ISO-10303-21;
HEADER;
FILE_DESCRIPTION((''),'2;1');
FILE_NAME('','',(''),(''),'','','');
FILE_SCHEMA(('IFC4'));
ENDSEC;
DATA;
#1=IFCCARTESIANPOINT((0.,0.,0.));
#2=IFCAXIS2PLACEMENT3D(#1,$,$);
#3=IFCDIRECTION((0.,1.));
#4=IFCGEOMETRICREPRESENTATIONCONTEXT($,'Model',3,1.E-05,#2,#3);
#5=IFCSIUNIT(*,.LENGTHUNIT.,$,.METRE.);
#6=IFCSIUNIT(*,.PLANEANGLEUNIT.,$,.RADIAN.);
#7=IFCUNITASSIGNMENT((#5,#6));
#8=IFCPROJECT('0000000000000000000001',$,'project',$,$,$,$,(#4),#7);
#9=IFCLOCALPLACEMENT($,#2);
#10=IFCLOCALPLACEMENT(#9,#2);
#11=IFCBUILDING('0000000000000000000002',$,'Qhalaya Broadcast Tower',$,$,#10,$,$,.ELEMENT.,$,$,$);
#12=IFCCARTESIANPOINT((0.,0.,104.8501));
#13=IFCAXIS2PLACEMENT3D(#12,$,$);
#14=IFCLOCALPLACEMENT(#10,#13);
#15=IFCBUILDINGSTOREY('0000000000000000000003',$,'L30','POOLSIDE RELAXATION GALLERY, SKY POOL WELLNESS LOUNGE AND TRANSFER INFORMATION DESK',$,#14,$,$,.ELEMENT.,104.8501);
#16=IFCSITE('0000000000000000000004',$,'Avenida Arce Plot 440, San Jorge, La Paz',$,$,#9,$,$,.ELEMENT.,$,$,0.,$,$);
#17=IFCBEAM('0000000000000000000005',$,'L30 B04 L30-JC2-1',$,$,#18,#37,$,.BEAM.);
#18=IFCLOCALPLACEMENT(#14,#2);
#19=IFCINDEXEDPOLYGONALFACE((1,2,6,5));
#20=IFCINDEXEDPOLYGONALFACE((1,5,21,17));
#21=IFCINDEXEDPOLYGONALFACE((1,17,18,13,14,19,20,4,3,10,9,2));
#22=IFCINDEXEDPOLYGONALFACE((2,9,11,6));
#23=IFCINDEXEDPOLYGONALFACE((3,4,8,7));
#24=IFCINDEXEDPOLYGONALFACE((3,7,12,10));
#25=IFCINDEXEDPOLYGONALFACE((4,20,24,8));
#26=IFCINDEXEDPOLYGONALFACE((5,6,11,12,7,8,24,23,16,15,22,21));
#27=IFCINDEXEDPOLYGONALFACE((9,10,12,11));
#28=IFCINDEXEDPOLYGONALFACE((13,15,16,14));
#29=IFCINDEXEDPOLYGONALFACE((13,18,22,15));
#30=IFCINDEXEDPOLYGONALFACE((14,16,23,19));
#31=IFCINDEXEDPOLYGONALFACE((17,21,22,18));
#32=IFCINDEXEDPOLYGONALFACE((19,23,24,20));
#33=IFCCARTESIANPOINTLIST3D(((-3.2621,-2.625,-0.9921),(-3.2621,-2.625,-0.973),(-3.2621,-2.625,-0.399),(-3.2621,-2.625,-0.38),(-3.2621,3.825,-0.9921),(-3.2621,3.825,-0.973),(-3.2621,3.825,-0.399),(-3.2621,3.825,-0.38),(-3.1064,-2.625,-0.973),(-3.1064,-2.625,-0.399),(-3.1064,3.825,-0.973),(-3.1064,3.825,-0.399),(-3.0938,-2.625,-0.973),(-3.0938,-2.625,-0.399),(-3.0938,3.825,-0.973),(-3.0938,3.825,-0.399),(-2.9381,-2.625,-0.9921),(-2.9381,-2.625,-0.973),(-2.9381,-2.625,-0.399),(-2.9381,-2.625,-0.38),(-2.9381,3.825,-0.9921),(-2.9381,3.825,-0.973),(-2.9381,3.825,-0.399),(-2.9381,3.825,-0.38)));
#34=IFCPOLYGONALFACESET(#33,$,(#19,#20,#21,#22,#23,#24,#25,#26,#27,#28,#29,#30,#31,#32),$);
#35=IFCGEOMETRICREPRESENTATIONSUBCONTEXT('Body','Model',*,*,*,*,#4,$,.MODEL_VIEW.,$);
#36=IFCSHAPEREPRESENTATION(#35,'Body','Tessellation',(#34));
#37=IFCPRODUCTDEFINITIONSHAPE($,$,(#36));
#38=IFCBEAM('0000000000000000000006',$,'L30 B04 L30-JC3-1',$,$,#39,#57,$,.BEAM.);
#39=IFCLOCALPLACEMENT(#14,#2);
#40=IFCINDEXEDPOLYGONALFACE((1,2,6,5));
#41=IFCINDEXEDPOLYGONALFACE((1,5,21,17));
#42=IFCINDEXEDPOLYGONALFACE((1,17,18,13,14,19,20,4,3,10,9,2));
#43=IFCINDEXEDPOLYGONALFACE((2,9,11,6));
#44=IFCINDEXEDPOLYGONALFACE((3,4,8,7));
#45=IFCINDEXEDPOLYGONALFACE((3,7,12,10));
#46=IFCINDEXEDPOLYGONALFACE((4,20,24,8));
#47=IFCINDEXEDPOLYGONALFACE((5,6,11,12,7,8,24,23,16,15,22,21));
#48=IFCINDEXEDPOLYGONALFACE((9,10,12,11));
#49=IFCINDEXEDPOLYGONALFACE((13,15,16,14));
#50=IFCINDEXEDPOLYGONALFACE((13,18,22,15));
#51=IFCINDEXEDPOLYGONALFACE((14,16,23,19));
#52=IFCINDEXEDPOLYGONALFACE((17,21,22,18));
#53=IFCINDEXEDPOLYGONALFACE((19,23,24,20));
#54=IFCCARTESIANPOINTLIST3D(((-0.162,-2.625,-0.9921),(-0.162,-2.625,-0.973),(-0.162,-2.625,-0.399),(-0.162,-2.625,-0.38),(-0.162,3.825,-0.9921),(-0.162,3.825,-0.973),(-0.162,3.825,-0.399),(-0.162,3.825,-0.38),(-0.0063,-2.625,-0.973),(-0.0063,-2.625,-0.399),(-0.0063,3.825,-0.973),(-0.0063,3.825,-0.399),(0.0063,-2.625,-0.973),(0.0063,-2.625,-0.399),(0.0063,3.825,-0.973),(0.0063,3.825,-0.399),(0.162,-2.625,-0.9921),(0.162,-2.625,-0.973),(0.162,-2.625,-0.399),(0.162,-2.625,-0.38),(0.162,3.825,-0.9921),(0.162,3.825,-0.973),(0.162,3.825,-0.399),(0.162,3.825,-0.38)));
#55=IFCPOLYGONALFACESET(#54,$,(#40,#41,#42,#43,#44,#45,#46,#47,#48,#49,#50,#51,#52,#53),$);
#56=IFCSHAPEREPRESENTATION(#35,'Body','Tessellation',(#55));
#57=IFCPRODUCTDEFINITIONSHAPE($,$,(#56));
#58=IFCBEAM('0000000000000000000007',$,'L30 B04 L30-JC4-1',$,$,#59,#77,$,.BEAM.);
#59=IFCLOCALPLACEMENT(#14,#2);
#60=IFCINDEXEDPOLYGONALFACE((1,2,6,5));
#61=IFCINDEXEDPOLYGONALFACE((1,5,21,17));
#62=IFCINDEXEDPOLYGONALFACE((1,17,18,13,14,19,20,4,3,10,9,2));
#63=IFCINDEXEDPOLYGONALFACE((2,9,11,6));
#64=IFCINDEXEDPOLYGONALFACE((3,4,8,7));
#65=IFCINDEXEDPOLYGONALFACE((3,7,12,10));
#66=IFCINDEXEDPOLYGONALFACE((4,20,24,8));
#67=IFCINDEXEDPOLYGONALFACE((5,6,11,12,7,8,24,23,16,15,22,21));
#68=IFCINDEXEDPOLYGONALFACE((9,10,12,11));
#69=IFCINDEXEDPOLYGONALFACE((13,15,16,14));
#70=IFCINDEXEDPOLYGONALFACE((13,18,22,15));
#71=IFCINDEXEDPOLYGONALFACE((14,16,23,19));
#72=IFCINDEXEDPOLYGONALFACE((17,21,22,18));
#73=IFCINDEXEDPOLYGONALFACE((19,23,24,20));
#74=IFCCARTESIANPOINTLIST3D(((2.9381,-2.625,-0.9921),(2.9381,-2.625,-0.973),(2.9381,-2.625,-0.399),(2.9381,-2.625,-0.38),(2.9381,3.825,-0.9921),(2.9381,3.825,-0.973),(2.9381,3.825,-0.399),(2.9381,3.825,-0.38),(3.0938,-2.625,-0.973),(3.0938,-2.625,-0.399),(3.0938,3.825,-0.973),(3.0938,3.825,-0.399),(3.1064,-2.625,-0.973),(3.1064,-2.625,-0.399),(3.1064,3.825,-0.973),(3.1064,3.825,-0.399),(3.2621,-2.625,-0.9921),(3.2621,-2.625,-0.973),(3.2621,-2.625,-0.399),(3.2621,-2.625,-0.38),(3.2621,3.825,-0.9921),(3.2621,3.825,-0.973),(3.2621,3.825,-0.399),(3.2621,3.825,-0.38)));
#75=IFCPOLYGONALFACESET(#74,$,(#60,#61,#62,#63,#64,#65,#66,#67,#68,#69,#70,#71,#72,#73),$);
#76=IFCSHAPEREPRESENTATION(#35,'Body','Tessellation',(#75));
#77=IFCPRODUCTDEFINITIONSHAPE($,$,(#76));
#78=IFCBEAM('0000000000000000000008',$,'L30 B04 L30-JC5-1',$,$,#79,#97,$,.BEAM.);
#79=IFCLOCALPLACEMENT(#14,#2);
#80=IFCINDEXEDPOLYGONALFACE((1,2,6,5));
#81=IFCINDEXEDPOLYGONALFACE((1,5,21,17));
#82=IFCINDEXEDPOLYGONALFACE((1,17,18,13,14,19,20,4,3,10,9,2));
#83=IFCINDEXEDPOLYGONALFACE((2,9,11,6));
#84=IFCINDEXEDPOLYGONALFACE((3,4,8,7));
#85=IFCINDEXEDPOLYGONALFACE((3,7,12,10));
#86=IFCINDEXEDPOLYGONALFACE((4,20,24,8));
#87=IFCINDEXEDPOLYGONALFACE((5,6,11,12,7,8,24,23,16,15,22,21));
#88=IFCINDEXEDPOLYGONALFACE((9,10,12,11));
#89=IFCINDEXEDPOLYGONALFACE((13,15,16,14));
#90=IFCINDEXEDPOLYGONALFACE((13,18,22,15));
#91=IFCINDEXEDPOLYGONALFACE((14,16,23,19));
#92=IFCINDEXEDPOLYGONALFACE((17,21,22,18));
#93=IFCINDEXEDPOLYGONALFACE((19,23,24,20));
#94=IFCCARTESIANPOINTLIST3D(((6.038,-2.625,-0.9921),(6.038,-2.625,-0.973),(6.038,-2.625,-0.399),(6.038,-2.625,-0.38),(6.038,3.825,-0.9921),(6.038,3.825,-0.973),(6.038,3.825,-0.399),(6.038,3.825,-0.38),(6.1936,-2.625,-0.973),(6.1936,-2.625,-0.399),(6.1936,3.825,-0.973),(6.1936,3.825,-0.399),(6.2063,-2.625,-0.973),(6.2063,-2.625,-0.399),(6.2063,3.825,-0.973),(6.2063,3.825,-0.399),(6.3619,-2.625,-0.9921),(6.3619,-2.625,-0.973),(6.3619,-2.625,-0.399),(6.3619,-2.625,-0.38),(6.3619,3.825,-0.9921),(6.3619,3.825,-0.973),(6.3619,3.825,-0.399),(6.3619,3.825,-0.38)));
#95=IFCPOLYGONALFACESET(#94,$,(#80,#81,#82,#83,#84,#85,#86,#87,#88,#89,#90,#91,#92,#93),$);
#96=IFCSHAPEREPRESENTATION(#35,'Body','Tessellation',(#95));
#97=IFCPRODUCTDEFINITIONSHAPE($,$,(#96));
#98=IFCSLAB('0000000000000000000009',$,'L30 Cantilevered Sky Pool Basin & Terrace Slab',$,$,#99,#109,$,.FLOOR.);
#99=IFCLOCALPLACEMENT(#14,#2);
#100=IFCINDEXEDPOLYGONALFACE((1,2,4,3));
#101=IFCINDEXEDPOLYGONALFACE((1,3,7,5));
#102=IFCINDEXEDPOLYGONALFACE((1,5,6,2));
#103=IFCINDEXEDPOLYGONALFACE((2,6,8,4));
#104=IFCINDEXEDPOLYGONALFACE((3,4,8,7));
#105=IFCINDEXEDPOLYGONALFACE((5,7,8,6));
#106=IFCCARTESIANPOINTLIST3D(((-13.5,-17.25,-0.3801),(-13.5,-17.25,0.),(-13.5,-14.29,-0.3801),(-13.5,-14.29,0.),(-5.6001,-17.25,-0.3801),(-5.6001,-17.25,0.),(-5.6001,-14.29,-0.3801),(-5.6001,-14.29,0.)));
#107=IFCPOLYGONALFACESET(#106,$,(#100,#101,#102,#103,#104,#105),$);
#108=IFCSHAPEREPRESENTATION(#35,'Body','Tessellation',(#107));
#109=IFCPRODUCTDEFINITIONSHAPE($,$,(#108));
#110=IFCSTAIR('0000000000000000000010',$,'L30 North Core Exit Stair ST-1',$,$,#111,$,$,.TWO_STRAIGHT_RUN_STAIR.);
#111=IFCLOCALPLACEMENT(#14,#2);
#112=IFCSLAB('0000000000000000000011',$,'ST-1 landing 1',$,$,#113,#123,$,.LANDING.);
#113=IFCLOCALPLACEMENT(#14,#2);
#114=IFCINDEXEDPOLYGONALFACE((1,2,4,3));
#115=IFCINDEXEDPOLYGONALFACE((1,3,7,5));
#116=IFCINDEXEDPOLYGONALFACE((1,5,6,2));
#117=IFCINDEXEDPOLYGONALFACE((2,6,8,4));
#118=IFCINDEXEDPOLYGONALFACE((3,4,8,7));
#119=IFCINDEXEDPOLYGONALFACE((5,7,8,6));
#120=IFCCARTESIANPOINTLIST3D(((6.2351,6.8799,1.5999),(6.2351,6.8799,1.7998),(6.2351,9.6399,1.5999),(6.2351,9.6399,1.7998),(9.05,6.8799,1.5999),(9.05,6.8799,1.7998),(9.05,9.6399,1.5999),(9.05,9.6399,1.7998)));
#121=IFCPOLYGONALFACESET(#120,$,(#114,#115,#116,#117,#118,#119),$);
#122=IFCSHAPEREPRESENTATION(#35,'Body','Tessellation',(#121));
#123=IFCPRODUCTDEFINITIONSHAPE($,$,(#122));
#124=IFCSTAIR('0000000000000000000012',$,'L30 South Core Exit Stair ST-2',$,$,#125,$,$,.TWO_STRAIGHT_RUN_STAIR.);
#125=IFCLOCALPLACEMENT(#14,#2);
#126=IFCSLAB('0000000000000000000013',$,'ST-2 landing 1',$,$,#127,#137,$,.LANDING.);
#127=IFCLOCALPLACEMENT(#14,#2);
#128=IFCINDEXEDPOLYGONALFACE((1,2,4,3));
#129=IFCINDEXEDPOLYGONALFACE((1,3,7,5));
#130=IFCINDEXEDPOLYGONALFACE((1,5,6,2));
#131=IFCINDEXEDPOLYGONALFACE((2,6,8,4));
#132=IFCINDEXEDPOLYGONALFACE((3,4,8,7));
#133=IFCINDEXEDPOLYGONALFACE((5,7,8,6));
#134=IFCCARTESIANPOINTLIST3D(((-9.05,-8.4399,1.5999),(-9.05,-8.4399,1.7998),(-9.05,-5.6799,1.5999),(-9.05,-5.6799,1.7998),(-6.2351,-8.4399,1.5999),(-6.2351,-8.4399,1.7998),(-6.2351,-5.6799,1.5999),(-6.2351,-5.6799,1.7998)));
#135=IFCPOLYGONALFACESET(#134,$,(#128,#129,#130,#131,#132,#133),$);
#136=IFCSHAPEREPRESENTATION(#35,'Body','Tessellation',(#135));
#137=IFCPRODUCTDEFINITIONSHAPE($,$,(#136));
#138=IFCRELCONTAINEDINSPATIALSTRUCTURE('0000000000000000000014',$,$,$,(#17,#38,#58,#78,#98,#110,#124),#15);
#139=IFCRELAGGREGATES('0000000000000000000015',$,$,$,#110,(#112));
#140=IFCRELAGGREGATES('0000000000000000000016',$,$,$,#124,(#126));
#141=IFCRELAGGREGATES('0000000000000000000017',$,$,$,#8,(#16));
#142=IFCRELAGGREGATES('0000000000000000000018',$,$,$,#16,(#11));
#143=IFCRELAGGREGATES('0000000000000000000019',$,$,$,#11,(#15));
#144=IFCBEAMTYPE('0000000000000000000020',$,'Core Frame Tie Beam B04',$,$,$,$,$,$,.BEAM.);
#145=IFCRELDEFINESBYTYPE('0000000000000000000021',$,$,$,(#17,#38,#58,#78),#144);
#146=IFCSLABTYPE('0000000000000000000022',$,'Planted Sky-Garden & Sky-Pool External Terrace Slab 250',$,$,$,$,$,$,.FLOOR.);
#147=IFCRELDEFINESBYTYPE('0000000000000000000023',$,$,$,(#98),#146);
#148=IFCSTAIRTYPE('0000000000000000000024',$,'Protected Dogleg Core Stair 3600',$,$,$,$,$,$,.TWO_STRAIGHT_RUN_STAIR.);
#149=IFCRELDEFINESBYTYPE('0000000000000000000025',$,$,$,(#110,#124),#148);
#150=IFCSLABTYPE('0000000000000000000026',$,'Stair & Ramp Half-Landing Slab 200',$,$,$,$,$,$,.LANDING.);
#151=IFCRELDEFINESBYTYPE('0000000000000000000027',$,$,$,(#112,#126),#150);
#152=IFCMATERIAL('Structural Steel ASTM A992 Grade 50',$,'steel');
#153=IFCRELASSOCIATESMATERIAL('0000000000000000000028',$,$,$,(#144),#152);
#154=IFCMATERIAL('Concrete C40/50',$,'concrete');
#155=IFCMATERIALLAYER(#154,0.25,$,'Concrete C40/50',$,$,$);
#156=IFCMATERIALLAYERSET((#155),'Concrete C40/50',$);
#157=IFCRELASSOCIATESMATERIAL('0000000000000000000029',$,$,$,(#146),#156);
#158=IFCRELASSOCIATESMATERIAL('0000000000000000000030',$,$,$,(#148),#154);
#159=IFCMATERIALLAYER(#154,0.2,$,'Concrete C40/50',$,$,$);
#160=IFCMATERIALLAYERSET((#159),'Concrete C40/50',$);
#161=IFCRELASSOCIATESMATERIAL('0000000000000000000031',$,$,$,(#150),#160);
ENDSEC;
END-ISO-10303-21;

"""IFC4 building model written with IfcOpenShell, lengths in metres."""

from ifc_helpers import new_model, si_unit, direction, frame, origin, origin_2d, place, context, subcontext, project, spatial, polyline, i_section, outline, extrude, material, layer, layer_set, material_profile, profile_set, type_object, element, aggregate, save


model = new_model("IFC4")

# Units and contexts
model_context = context("Model", 3, precision=1e-05, world=origin(), true_north=direction((0.0, 1.0)))
body_context = subcontext(model_context, "Body", "Model", "MODEL_VIEW")
ifc_project = project(units=[si_unit("LENGTHUNIT", "METRE"), si_unit("PLANEANGLEUNIT", "RADIAN")], contexts=[model_context])

# Site, building, storey
site_placement = place(None, origin())
site = spatial("IfcSite", under=ifc_project, at=site_placement, Name="Avenida Arce Plot 440, San Jorge, La Paz", CompositionType="ELEMENT", RefElevation=0.0)
building_placement = place(site_placement, origin())
building = spatial("IfcBuilding", under=site, at=building_placement, Name="Qhalaya Broadcast Tower", CompositionType="ELEMENT")
storey_placement = place(building_placement, frame((0.0, 0.0, 104.8501)))
storey = spatial("IfcBuildingStorey", under=building, at=storey_placement, Name="L30", Description="POOLSIDE RELAXATION GALLERY, SKY POOL WELLNESS LOUNGE AND TRANSFER INFORMATION DESK", CompositionType="ELEMENT", Elevation=104.8501)

# Beams
ifc_material_1 = material(Name="Structural Steel ASTM A992 Grade 50", Category="steel")
ifc_material_profile = material_profile(ifc_material_1, i_section(OverallWidth=0.324, OverallDepth=0.6121, WebThickness=0.0127, FlangeThickness=0.019, at=origin_2d()), Name="W24X104")
ifc_profile_set = profile_set([ifc_material_profile], Name="Structural Steel ASTM A992 Grade 50")
beam_type = type_object("IfcBeamType", Name="Core Frame Tie Beam B04", PredefinedType="BEAM", material=ifc_profile_set)
for number, where, z_axis, x_axis, name in (
    (1, (-3.1001, -2.625, -0.686), (0.0, 1.0, 0.0), (-1.0, 0.0, 0.0), "L30 B04 L30-JC2-1"),
    (2, (0.0, -2.625, -0.686), (0.0, 1.0, 0.0), (-1.0, 0.0, 0.0), "L30 B04 L30-JC3-1"),
    (3, (3.1001, -2.625, -0.686), (0.0, 1.0, 0.0), (-1.0, 0.0, 0.0), "L30 B04 L30-JC4-1"),
    (4, (6.2, -2.625, -0.686), (0.0, 1.0, 0.0), (-1.0, 0.0, 0.0), "L30 B04 L30-JC5-1"),
):
    element("IfcBeam", number, at=place(storey_placement, frame(where, z_axis=z_axis, x_axis=x_axis)), inside=storey, type_object=beam_type, Name=name, PredefinedType="BEAM", context=body_context, shape_type="SweptSolid", body=[
        extrude(i_section(OverallWidth=0.324, OverallDepth=0.6121, WebThickness=0.0127, FlangeThickness=0.019, at=origin_2d()), origin(), (0.0, 0.0, 1.0), 6.45),
    ])

# Slab
ifc_material_2 = material(Name="Concrete C40/50", Category="concrete")
ifc_layer_1 = layer(ifc_material_2, 0.25, Name="Concrete C40/50")
ifc_layer_set_1 = layer_set([ifc_layer_1], Name="Concrete C40/50")
slab_type_1 = type_object("IfcSlabType", Name="Planted Sky-Garden & Sky-Pool External Terrace Slab 250", PredefinedType="FLOOR", material=ifc_layer_set_1)
slab_1_placement = place(storey_placement, frame((0.0, 0.0, -0.3801)))
element("IfcSlab", 5, at=slab_1_placement, inside=storey, type_object=slab_type_1, Name="L30 Cantilevered Sky Pool Basin & Terrace Slab", PredefinedType="FLOOR", context=body_context, shape_type="SweptSolid", body=[
    extrude(outline(polyline([(-13.5, -17.25), (-5.6001, -17.25), (-5.6001, -14.29), (-13.5, -14.29), (-13.5, -17.25)])), origin(), (0.0, 0.0, 1.0), 0.3801),
])

# Stairs, slabs
stair_type = type_object("IfcStairType", Name="Protected Dogleg Core Stair 3600", PredefinedType="TWO_STRAIGHT_RUN_STAIR", material=ifc_material_2)
stair_1_placement = place(storey_placement, origin())
stair_1 = element("IfcStair", 6, at=stair_1_placement, inside=storey, type_object=stair_type, Name="L30 North Core Exit Stair ST-1", PredefinedType="TWO_STRAIGHT_RUN_STAIR")
ifc_layer_2 = layer(ifc_material_2, 0.2, Name="Concrete C40/50")
ifc_layer_set_2 = layer_set([ifc_layer_2], Name="Concrete C40/50")
slab_type_2 = type_object("IfcSlabType", Name="Stair & Ramp Half-Landing Slab 200", PredefinedType="LANDING", material=ifc_layer_set_2)
slab_2_placement = place(storey_placement, frame((0.0, 0.0, 1.5999)))
slab_2 = element("IfcSlab", 7, at=slab_2_placement, type_object=slab_type_2, Name="ST-1 landing 1", PredefinedType="LANDING", context=body_context, shape_type="SweptSolid", body=[
    extrude(outline(polyline([(6.2351, 6.8799), (9.05, 6.8799), (9.05, 9.6399), (6.2351, 9.6399), (6.2351, 6.8799)])), origin(), (0.0, 0.0, 1.0), 0.2),
])
aggregate(stair_1, [slab_2])
stair_2_placement = place(storey_placement, origin())
stair_2 = element("IfcStair", 8, at=stair_2_placement, inside=storey, type_object=stair_type, Name="L30 South Core Exit Stair ST-2", PredefinedType="TWO_STRAIGHT_RUN_STAIR")
slab_3_placement = place(storey_placement, frame((0.0, 0.0, 1.5999)))
slab_3 = element("IfcSlab", 9, at=slab_3_placement, type_object=slab_type_2, Name="ST-2 landing 1", PredefinedType="LANDING", context=body_context, shape_type="SweptSolid", body=[
    extrude(outline(polyline([(-6.2351, -5.6799), (-9.05, -5.6799), (-9.05, -8.4399), (-6.2351, -8.4399), (-6.2351, -5.6799)])), origin(), (0.0, 0.0, 1.0), 0.2),
])

aggregate(stair_2, [slab_3])

save(model, "model.ifc")
